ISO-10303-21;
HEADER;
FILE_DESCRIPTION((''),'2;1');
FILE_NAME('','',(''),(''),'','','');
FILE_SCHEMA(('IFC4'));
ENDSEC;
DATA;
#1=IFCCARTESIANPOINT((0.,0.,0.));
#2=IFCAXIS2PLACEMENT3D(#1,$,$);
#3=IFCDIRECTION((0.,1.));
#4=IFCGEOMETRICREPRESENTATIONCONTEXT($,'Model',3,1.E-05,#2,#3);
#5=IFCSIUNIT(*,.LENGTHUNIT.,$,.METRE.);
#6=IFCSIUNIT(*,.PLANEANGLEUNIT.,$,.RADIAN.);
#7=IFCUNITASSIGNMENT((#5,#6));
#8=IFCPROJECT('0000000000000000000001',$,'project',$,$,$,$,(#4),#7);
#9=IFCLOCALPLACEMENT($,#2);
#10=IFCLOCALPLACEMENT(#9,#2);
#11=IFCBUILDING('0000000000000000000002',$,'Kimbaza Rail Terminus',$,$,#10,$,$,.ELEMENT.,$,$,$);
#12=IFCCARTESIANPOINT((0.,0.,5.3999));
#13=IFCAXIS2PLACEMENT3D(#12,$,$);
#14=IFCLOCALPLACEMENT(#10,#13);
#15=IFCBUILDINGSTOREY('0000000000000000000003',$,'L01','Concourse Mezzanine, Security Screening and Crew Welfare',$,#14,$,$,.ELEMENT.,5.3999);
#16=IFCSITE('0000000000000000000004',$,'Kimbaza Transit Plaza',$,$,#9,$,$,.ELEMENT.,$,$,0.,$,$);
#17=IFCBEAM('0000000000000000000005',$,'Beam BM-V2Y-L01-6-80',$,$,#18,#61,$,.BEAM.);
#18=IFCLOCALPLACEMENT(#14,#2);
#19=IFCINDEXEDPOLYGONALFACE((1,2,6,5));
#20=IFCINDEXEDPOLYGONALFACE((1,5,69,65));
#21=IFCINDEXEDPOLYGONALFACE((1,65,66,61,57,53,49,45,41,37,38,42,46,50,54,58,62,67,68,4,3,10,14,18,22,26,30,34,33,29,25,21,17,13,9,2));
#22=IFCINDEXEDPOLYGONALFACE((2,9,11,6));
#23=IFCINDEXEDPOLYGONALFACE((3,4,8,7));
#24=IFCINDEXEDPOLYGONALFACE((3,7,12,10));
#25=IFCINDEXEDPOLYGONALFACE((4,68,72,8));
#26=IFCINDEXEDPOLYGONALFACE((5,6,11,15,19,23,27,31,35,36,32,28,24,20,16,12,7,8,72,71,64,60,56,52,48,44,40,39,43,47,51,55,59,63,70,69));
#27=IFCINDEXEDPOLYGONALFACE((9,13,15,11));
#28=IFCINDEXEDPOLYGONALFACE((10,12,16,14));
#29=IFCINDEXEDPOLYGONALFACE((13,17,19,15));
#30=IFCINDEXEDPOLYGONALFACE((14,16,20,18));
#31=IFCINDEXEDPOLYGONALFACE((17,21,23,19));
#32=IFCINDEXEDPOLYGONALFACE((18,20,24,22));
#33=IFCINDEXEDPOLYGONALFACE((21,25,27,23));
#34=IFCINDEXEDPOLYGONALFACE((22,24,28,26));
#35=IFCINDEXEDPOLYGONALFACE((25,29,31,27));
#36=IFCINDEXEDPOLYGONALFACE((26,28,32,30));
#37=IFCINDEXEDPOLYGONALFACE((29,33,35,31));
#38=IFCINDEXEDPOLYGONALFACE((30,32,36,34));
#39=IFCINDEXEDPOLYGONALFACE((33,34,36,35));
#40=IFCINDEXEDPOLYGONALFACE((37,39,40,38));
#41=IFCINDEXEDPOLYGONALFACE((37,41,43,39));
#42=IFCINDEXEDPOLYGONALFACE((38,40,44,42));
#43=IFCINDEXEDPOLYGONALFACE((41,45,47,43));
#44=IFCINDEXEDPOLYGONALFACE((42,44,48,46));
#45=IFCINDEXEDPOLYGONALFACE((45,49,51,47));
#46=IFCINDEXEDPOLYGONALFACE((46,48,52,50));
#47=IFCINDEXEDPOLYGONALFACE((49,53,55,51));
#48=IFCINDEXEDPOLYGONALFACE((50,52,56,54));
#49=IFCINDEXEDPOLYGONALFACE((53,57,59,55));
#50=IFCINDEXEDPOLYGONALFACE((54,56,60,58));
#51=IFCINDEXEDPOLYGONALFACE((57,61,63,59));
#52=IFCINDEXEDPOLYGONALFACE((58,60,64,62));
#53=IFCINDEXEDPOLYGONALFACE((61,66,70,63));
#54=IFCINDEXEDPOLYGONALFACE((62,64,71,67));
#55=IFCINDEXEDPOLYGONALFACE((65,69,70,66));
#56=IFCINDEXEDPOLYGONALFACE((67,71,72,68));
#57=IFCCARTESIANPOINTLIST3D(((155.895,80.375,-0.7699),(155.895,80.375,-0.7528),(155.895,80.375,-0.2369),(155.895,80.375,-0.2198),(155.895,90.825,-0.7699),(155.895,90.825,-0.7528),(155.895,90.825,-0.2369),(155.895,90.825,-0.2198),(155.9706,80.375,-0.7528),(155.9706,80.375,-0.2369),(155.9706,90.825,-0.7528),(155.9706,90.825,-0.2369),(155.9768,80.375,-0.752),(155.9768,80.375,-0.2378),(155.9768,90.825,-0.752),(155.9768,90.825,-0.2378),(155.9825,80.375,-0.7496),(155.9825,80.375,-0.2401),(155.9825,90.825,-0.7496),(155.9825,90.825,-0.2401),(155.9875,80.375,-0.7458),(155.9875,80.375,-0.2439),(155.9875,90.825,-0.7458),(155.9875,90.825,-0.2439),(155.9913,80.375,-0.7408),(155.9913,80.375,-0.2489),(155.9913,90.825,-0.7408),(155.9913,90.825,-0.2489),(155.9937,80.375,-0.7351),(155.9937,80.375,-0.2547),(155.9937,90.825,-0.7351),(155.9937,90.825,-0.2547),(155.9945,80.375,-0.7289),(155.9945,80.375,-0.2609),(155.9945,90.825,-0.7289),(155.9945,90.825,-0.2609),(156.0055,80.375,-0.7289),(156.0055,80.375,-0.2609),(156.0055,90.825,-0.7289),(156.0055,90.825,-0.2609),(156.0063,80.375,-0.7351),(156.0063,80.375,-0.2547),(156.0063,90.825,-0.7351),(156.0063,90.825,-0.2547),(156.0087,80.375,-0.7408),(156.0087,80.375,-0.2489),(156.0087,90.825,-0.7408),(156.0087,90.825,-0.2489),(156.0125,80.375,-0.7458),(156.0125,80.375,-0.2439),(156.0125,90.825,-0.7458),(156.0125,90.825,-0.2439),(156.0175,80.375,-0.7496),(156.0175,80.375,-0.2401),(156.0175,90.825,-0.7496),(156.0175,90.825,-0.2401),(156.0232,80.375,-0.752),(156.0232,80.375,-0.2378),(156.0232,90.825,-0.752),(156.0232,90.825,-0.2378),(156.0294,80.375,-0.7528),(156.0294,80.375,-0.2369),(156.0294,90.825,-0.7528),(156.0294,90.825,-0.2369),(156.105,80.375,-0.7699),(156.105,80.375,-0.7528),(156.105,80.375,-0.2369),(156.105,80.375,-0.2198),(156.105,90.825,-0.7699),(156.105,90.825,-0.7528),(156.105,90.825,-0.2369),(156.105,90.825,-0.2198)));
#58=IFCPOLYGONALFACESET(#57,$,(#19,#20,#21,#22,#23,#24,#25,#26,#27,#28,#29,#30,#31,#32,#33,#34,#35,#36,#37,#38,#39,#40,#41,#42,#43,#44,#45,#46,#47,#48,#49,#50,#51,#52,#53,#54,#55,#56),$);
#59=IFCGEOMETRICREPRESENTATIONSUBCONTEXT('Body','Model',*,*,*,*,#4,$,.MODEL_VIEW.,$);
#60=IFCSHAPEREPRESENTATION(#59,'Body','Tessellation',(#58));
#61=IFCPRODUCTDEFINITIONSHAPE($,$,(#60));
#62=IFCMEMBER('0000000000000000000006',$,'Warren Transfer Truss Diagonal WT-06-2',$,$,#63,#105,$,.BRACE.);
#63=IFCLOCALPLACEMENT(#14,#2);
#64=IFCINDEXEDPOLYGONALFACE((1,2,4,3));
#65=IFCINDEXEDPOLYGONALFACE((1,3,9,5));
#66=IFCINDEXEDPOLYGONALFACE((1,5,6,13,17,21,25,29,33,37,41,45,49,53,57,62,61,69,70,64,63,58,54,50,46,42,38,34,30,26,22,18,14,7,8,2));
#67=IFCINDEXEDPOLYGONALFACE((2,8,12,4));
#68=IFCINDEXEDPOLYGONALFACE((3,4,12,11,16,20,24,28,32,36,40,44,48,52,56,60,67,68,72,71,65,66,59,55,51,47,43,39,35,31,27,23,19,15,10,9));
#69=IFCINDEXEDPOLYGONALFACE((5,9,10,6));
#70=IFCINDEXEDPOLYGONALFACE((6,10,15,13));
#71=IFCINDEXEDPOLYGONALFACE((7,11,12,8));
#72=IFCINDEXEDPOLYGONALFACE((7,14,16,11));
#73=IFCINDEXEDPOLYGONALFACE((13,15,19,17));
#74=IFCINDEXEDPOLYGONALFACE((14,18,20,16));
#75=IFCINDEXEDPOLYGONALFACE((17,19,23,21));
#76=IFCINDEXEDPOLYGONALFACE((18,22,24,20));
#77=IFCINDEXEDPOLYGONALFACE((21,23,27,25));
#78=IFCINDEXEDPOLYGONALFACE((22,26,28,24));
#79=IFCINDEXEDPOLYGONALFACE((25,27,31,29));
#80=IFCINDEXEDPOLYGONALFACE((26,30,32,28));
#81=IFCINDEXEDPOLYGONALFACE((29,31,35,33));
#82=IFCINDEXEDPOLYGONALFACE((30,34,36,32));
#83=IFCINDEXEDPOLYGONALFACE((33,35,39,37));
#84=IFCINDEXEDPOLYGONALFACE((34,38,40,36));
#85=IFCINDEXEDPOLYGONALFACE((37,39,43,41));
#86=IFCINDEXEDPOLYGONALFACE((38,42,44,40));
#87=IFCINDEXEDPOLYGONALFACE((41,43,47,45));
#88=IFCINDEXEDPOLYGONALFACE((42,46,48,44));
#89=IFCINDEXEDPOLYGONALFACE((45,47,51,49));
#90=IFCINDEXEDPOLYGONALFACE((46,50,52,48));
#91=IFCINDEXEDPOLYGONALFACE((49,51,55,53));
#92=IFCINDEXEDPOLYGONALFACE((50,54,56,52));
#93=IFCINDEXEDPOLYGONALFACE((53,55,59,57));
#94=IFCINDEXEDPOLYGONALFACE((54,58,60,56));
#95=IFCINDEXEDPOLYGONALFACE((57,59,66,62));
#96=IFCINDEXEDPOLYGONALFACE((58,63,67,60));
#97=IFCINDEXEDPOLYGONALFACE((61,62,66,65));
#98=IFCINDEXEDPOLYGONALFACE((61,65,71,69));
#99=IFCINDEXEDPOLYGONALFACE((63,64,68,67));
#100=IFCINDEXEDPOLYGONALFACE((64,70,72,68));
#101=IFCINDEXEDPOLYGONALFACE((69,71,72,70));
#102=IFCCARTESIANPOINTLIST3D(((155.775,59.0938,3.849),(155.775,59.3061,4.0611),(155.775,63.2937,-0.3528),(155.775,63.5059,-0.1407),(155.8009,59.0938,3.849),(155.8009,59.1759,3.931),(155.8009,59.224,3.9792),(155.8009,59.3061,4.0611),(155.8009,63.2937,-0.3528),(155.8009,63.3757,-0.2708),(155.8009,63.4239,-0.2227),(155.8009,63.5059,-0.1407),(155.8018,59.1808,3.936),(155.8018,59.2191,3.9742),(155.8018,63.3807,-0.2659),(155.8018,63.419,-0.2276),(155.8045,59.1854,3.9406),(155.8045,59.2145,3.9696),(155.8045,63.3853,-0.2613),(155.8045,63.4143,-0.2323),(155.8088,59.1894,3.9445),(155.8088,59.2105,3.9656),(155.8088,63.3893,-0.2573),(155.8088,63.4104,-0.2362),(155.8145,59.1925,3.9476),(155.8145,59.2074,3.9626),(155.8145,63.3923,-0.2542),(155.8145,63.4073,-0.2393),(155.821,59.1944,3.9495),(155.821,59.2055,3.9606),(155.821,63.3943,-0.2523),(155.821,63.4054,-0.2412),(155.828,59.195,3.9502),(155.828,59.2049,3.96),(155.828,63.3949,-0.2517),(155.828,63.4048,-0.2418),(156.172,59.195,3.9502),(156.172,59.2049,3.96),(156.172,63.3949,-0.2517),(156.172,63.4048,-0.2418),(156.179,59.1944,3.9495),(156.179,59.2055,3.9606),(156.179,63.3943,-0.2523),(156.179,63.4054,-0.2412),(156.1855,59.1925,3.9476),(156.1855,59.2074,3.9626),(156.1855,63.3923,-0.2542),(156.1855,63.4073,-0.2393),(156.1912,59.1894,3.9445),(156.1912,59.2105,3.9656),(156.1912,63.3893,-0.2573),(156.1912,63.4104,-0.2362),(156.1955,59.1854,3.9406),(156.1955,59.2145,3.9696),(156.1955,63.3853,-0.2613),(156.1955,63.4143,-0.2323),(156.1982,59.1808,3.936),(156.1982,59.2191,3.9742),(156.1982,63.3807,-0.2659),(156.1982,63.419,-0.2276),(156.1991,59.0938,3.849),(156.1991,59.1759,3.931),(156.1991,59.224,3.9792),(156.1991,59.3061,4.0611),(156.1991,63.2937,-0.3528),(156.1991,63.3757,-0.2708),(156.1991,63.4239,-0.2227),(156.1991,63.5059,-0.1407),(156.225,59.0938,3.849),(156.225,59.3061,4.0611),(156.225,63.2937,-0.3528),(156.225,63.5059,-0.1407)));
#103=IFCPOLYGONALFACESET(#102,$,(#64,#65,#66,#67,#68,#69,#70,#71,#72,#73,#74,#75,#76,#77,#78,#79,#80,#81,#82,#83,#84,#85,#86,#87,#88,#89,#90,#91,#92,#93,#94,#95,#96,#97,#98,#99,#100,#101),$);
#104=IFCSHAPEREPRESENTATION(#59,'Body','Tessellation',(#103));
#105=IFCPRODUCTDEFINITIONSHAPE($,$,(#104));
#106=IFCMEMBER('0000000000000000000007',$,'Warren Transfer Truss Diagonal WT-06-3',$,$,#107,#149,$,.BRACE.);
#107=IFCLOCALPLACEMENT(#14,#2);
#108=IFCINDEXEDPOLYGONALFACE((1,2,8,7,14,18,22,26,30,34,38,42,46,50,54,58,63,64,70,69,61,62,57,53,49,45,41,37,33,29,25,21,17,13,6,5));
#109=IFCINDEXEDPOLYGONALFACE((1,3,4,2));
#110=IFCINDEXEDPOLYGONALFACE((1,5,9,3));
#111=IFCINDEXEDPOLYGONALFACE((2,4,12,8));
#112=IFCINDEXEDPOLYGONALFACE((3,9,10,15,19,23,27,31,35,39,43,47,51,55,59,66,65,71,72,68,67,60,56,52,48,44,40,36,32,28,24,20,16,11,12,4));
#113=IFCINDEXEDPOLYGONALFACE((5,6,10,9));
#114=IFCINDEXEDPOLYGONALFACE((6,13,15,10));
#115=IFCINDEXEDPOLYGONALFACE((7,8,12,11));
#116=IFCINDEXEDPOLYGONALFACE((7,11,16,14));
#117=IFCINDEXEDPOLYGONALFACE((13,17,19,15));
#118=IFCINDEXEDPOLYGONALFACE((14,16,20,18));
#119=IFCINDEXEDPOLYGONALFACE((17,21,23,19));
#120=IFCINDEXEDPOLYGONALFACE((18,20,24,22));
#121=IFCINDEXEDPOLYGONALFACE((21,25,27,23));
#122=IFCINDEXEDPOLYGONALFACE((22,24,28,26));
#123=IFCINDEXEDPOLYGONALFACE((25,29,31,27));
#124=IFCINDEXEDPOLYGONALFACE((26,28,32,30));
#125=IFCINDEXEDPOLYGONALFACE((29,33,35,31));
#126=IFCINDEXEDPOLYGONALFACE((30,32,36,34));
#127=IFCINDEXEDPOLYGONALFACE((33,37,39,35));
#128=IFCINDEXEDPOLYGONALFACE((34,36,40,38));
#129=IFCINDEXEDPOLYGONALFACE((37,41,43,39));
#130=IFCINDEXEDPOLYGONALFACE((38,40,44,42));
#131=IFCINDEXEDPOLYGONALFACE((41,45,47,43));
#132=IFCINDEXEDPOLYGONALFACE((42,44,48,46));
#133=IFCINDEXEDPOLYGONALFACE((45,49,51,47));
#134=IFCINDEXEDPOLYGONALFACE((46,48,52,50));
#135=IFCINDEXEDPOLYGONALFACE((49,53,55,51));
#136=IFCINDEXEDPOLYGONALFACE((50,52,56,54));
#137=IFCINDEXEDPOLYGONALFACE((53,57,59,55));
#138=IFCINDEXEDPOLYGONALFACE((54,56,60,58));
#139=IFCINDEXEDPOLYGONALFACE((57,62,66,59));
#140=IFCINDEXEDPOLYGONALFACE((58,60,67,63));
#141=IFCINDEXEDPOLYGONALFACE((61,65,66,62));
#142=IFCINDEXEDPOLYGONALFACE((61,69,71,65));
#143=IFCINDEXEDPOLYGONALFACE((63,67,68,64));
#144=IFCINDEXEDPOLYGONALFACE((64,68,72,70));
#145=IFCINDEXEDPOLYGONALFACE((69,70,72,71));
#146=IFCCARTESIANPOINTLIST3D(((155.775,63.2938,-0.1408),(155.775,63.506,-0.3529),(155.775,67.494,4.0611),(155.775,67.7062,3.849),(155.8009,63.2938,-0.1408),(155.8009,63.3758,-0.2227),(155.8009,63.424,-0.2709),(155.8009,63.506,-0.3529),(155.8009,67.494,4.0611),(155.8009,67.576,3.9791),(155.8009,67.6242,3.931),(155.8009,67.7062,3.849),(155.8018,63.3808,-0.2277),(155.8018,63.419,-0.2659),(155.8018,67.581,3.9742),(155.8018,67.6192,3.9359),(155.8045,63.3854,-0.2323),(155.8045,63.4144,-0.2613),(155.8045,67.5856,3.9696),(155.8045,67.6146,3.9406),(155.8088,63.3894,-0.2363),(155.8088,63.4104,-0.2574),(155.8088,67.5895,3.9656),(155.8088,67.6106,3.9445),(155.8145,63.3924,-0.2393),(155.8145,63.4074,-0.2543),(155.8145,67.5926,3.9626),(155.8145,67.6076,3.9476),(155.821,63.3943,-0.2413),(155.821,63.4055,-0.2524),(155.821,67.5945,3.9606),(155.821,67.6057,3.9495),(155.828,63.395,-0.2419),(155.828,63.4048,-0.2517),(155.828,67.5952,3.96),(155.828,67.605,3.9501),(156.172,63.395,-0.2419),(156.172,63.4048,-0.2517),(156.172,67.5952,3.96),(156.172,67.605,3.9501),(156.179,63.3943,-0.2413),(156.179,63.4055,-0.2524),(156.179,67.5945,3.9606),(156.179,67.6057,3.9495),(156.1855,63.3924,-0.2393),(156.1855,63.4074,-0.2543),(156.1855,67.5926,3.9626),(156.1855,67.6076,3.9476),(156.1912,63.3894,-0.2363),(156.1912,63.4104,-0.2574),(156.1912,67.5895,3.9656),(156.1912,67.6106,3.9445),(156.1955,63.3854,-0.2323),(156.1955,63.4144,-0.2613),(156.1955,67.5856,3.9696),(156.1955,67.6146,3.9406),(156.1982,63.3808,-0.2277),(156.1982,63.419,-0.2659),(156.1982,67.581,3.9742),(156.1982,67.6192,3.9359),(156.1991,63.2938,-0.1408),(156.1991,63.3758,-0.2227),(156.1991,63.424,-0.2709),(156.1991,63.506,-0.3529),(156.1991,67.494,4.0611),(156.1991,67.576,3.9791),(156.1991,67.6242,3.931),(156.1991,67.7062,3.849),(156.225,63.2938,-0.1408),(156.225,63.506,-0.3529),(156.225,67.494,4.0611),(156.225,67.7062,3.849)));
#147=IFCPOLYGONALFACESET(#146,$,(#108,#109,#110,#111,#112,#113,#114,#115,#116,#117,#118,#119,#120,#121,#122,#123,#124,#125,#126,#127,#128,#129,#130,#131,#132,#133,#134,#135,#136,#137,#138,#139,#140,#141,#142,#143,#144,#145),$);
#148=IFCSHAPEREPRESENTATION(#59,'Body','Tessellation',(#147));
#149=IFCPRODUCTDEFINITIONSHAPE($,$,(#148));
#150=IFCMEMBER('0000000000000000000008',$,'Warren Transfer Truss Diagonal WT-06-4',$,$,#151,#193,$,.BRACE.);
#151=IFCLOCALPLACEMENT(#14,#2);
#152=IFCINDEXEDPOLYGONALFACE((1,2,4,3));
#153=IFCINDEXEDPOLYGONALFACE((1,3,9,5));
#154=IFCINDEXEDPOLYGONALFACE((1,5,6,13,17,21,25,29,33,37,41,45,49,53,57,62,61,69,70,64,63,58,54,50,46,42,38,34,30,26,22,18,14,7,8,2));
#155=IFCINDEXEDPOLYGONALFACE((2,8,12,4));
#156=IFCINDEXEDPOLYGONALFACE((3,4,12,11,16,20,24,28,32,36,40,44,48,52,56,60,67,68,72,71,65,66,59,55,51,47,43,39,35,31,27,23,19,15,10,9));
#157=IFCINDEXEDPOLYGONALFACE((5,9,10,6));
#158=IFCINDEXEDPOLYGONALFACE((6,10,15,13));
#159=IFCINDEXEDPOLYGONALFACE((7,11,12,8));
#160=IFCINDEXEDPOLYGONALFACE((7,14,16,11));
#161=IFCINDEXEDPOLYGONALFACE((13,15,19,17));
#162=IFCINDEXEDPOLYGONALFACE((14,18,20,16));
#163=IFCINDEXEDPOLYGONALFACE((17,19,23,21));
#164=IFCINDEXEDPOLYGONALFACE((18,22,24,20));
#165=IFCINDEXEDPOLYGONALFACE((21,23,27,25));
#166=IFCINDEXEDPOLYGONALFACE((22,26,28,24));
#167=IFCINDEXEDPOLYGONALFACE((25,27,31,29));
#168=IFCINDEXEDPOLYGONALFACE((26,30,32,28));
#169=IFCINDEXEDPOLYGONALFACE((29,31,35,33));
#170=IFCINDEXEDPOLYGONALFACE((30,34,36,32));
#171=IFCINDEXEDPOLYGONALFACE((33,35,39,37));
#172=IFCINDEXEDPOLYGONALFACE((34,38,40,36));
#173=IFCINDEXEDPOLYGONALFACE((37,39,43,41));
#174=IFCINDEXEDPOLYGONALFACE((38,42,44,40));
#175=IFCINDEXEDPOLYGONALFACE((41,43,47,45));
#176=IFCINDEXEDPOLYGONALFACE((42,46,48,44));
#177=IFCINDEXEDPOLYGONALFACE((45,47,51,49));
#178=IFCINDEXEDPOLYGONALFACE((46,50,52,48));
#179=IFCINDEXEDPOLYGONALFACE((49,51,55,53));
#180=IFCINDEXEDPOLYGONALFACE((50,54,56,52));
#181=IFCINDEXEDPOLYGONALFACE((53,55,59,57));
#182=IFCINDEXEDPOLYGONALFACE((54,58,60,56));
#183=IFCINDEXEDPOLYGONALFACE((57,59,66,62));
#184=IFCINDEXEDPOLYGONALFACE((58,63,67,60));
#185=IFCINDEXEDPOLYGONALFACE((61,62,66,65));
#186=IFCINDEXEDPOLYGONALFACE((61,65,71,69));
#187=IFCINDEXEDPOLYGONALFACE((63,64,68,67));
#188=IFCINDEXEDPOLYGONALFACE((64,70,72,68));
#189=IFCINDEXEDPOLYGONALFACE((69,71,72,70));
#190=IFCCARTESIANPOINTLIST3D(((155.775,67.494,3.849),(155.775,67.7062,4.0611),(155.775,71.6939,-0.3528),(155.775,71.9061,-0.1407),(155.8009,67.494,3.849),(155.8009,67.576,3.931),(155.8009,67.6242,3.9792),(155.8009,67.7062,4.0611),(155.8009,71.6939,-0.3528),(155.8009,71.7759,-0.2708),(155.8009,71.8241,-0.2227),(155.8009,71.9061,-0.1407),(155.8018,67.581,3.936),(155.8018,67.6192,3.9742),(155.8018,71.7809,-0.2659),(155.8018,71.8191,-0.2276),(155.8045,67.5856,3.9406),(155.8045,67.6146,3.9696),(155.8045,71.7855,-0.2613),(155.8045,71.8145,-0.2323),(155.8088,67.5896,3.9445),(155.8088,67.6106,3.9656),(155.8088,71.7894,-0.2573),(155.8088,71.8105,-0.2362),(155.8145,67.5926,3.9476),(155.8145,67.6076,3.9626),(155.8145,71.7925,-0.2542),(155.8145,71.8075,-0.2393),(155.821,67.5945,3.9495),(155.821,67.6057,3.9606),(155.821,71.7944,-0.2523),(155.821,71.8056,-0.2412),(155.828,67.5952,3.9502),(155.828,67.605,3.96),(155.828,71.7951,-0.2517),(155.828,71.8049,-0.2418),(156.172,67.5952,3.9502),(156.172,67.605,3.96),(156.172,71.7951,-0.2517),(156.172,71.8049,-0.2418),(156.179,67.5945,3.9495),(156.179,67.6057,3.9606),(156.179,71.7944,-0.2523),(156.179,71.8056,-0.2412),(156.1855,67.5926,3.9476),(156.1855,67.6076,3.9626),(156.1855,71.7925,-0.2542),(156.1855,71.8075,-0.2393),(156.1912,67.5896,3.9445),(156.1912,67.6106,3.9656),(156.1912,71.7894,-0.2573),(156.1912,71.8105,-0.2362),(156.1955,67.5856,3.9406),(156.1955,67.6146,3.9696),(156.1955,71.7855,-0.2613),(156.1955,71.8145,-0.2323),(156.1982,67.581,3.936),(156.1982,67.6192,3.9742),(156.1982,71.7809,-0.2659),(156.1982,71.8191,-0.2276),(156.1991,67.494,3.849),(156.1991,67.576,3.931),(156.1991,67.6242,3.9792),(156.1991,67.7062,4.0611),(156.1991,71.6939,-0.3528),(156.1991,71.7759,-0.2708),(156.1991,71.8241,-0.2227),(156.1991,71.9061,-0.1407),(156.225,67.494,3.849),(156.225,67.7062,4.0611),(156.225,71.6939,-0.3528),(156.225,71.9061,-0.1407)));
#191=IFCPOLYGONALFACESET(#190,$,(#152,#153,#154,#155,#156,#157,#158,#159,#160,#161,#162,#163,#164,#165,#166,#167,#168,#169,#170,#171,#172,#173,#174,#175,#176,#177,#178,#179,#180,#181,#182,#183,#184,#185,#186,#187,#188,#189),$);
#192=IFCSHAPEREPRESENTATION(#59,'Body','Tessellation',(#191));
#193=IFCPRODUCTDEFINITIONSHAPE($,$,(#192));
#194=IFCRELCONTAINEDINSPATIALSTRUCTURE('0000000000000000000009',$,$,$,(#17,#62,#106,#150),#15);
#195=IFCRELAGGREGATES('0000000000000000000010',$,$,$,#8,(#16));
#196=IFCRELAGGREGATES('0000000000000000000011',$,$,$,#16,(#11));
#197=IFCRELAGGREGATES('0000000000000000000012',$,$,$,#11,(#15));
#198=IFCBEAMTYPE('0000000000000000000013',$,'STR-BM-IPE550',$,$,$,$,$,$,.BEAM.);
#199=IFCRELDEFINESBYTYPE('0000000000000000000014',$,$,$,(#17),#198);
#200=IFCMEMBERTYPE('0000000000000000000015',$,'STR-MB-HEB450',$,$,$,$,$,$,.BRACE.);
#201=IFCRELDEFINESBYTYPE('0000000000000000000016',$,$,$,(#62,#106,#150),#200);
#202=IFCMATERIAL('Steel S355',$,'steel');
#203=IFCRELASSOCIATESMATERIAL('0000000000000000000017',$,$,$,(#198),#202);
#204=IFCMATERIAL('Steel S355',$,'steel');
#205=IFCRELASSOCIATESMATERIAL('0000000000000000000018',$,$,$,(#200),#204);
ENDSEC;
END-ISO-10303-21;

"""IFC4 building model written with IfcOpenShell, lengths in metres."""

from ifc_helpers import new_model, si_unit, direction, frame, origin, origin_2d, place, context, subcontext, project, spatial, i_section, extrude, material, material_profile, profile_set, type_object, element, save


model = new_model("IFC4")

# Units and contexts
model_context = context("Model", 3, precision=1e-05, world=origin(), true_north=direction((0.0, 1.0)))
body_context = subcontext(model_context, "Body", "Model", "MODEL_VIEW")
ifc_project = project(units=[si_unit("LENGTHUNIT", "METRE"), si_unit("PLANEANGLEUNIT", "RADIAN")], contexts=[model_context])

# Site, building, storey
site_placement = place(None, origin())
site = spatial("IfcSite", under=ifc_project, at=site_placement, Name="Kimbaza Transit Plaza", CompositionType="ELEMENT", RefElevation=0.0)
building_placement = place(site_placement, origin())
building = spatial("IfcBuilding", under=site, at=building_placement, Name="Kimbaza Rail Terminus", CompositionType="ELEMENT")
storey_placement = place(building_placement, frame((0.0, 0.0, 5.3999)))
storey = spatial("IfcBuildingStorey", under=building, at=storey_placement, Name="L01", Description="Concourse Mezzanine, Security Screening and Crew Welfare", CompositionType="ELEMENT", Elevation=5.3999)

# Beam
ifc_material_1 = material(Name="Steel S355", Category="steel")
ifc_material_profile_1 = material_profile(ifc_material_1, i_section(OverallWidth=0.21, OverallDepth=0.55, WebThickness=0.011, FlangeThickness=0.0171, FilletRadius=0.0239, at=origin_2d()), Name="IPE 550")
ifc_profile_set_1 = profile_set([ifc_material_profile_1], Name="Steel S355")
beam_type_1 = type_object("IfcBeamType", Name="STR-BM-IPE550", PredefinedType="BEAM", material=ifc_profile_set_1)
beam_1_placement = place(storey_placement, frame((156.0, 80.375, -0.4949), z_axis=(0.0, 1.0, 0.0), x_axis=(-1.0, 0.0, 0.0)))
element("IfcBeam", 1, at=beam_1_placement, inside=storey, type_object=beam_type_1, Name="Beam BM-V2Y-L01-6-80", PredefinedType="BEAM", context=body_context, shape_type="SweptSolid", body=[
    extrude(i_section(OverallWidth=0.21, OverallDepth=0.55, WebThickness=0.011, FlangeThickness=0.0171, FilletRadius=0.0239, at=origin_2d()), origin(), (0.0, 0.0, 1.0), 10.45),
])

# Members
ifc_material_2 = material(Name="Steel S355", Category="steel")
ifc_material_profile_2 = material_profile(ifc_material_2, i_section(OverallWidth=0.3, OverallDepth=0.45, WebThickness=0.0139, FlangeThickness=0.0259, FilletRadius=0.0271, at=origin_2d()), Name="HEB 450")
ifc_profile_set_2 = profile_set([ifc_material_profile_2], Name="Steel S355")
member_type_1 = type_object("IfcMemberType", Name="STR-MB-HEB450", PredefinedType="BRACE", material=ifc_profile_set_2)
member_1_placement = place(storey_placement, frame((156.0, 59.2, 3.9551), z_axis=(0.0, 0.706942, -0.707271), x_axis=(0.0, 0.707271, 0.706942)))
element("IfcMember", 2, at=member_1_placement, inside=storey, type_object=member_type_1, Name="Warren Transfer Truss Diagonal WT-06-2", PredefinedType="BRACE", context=body_context, shape_type="SweptSolid", body=[
    extrude(i_section(OverallWidth=0.3, OverallDepth=0.45, WebThickness=0.0139, FlangeThickness=0.0259, FilletRadius=0.0271, at=origin_2d()), origin(), (0.0, 0.0, 1.0), 5.9409),
])
member_2_placement = place(storey_placement, frame((156.0, 63.3999, -0.2468), z_axis=(0.0, 0.706963, 0.707251), x_axis=(0.0, -0.707251, 0.706963)))
element("IfcMember", 3, at=member_2_placement, inside=storey, type_object=member_type_1, Name="Warren Transfer Truss Diagonal WT-06-3", PredefinedType="BRACE", context=body_context, shape_type="SweptSolid", body=[
    extrude(i_section(OverallWidth=0.3, OverallDepth=0.45, WebThickness=0.0139, FlangeThickness=0.0259, FilletRadius=0.0271, at=origin_2d()), origin(), (0.0, 0.0, 1.0), 5.9412),
])
for number, where, z_axis, x_axis, name in (
    (4, (156.0, 67.6001, 3.9551), (0.0, 0.706942, -0.707271), (0.0, 0.707271, 0.706942), "Warren Transfer Truss Diagonal WT-06-4"),
):
    element("IfcMember", number, at=place(storey_placement, frame(where, z_axis=z_axis, x_axis=x_axis)), inside=storey, type_object=member_type_1, Name=name, PredefinedType="BRACE", context=body_context, shape_type="SweptSolid", body=[
        extrude(i_section(OverallWidth=0.3, OverallDepth=0.45, WebThickness=0.0139, FlangeThickness=0.0259, FilletRadius=0.0271, at=origin_2d()), origin(), (0.0, 0.0, 1.0), 5.9409),
    ])

save(model, "model.ifc")
